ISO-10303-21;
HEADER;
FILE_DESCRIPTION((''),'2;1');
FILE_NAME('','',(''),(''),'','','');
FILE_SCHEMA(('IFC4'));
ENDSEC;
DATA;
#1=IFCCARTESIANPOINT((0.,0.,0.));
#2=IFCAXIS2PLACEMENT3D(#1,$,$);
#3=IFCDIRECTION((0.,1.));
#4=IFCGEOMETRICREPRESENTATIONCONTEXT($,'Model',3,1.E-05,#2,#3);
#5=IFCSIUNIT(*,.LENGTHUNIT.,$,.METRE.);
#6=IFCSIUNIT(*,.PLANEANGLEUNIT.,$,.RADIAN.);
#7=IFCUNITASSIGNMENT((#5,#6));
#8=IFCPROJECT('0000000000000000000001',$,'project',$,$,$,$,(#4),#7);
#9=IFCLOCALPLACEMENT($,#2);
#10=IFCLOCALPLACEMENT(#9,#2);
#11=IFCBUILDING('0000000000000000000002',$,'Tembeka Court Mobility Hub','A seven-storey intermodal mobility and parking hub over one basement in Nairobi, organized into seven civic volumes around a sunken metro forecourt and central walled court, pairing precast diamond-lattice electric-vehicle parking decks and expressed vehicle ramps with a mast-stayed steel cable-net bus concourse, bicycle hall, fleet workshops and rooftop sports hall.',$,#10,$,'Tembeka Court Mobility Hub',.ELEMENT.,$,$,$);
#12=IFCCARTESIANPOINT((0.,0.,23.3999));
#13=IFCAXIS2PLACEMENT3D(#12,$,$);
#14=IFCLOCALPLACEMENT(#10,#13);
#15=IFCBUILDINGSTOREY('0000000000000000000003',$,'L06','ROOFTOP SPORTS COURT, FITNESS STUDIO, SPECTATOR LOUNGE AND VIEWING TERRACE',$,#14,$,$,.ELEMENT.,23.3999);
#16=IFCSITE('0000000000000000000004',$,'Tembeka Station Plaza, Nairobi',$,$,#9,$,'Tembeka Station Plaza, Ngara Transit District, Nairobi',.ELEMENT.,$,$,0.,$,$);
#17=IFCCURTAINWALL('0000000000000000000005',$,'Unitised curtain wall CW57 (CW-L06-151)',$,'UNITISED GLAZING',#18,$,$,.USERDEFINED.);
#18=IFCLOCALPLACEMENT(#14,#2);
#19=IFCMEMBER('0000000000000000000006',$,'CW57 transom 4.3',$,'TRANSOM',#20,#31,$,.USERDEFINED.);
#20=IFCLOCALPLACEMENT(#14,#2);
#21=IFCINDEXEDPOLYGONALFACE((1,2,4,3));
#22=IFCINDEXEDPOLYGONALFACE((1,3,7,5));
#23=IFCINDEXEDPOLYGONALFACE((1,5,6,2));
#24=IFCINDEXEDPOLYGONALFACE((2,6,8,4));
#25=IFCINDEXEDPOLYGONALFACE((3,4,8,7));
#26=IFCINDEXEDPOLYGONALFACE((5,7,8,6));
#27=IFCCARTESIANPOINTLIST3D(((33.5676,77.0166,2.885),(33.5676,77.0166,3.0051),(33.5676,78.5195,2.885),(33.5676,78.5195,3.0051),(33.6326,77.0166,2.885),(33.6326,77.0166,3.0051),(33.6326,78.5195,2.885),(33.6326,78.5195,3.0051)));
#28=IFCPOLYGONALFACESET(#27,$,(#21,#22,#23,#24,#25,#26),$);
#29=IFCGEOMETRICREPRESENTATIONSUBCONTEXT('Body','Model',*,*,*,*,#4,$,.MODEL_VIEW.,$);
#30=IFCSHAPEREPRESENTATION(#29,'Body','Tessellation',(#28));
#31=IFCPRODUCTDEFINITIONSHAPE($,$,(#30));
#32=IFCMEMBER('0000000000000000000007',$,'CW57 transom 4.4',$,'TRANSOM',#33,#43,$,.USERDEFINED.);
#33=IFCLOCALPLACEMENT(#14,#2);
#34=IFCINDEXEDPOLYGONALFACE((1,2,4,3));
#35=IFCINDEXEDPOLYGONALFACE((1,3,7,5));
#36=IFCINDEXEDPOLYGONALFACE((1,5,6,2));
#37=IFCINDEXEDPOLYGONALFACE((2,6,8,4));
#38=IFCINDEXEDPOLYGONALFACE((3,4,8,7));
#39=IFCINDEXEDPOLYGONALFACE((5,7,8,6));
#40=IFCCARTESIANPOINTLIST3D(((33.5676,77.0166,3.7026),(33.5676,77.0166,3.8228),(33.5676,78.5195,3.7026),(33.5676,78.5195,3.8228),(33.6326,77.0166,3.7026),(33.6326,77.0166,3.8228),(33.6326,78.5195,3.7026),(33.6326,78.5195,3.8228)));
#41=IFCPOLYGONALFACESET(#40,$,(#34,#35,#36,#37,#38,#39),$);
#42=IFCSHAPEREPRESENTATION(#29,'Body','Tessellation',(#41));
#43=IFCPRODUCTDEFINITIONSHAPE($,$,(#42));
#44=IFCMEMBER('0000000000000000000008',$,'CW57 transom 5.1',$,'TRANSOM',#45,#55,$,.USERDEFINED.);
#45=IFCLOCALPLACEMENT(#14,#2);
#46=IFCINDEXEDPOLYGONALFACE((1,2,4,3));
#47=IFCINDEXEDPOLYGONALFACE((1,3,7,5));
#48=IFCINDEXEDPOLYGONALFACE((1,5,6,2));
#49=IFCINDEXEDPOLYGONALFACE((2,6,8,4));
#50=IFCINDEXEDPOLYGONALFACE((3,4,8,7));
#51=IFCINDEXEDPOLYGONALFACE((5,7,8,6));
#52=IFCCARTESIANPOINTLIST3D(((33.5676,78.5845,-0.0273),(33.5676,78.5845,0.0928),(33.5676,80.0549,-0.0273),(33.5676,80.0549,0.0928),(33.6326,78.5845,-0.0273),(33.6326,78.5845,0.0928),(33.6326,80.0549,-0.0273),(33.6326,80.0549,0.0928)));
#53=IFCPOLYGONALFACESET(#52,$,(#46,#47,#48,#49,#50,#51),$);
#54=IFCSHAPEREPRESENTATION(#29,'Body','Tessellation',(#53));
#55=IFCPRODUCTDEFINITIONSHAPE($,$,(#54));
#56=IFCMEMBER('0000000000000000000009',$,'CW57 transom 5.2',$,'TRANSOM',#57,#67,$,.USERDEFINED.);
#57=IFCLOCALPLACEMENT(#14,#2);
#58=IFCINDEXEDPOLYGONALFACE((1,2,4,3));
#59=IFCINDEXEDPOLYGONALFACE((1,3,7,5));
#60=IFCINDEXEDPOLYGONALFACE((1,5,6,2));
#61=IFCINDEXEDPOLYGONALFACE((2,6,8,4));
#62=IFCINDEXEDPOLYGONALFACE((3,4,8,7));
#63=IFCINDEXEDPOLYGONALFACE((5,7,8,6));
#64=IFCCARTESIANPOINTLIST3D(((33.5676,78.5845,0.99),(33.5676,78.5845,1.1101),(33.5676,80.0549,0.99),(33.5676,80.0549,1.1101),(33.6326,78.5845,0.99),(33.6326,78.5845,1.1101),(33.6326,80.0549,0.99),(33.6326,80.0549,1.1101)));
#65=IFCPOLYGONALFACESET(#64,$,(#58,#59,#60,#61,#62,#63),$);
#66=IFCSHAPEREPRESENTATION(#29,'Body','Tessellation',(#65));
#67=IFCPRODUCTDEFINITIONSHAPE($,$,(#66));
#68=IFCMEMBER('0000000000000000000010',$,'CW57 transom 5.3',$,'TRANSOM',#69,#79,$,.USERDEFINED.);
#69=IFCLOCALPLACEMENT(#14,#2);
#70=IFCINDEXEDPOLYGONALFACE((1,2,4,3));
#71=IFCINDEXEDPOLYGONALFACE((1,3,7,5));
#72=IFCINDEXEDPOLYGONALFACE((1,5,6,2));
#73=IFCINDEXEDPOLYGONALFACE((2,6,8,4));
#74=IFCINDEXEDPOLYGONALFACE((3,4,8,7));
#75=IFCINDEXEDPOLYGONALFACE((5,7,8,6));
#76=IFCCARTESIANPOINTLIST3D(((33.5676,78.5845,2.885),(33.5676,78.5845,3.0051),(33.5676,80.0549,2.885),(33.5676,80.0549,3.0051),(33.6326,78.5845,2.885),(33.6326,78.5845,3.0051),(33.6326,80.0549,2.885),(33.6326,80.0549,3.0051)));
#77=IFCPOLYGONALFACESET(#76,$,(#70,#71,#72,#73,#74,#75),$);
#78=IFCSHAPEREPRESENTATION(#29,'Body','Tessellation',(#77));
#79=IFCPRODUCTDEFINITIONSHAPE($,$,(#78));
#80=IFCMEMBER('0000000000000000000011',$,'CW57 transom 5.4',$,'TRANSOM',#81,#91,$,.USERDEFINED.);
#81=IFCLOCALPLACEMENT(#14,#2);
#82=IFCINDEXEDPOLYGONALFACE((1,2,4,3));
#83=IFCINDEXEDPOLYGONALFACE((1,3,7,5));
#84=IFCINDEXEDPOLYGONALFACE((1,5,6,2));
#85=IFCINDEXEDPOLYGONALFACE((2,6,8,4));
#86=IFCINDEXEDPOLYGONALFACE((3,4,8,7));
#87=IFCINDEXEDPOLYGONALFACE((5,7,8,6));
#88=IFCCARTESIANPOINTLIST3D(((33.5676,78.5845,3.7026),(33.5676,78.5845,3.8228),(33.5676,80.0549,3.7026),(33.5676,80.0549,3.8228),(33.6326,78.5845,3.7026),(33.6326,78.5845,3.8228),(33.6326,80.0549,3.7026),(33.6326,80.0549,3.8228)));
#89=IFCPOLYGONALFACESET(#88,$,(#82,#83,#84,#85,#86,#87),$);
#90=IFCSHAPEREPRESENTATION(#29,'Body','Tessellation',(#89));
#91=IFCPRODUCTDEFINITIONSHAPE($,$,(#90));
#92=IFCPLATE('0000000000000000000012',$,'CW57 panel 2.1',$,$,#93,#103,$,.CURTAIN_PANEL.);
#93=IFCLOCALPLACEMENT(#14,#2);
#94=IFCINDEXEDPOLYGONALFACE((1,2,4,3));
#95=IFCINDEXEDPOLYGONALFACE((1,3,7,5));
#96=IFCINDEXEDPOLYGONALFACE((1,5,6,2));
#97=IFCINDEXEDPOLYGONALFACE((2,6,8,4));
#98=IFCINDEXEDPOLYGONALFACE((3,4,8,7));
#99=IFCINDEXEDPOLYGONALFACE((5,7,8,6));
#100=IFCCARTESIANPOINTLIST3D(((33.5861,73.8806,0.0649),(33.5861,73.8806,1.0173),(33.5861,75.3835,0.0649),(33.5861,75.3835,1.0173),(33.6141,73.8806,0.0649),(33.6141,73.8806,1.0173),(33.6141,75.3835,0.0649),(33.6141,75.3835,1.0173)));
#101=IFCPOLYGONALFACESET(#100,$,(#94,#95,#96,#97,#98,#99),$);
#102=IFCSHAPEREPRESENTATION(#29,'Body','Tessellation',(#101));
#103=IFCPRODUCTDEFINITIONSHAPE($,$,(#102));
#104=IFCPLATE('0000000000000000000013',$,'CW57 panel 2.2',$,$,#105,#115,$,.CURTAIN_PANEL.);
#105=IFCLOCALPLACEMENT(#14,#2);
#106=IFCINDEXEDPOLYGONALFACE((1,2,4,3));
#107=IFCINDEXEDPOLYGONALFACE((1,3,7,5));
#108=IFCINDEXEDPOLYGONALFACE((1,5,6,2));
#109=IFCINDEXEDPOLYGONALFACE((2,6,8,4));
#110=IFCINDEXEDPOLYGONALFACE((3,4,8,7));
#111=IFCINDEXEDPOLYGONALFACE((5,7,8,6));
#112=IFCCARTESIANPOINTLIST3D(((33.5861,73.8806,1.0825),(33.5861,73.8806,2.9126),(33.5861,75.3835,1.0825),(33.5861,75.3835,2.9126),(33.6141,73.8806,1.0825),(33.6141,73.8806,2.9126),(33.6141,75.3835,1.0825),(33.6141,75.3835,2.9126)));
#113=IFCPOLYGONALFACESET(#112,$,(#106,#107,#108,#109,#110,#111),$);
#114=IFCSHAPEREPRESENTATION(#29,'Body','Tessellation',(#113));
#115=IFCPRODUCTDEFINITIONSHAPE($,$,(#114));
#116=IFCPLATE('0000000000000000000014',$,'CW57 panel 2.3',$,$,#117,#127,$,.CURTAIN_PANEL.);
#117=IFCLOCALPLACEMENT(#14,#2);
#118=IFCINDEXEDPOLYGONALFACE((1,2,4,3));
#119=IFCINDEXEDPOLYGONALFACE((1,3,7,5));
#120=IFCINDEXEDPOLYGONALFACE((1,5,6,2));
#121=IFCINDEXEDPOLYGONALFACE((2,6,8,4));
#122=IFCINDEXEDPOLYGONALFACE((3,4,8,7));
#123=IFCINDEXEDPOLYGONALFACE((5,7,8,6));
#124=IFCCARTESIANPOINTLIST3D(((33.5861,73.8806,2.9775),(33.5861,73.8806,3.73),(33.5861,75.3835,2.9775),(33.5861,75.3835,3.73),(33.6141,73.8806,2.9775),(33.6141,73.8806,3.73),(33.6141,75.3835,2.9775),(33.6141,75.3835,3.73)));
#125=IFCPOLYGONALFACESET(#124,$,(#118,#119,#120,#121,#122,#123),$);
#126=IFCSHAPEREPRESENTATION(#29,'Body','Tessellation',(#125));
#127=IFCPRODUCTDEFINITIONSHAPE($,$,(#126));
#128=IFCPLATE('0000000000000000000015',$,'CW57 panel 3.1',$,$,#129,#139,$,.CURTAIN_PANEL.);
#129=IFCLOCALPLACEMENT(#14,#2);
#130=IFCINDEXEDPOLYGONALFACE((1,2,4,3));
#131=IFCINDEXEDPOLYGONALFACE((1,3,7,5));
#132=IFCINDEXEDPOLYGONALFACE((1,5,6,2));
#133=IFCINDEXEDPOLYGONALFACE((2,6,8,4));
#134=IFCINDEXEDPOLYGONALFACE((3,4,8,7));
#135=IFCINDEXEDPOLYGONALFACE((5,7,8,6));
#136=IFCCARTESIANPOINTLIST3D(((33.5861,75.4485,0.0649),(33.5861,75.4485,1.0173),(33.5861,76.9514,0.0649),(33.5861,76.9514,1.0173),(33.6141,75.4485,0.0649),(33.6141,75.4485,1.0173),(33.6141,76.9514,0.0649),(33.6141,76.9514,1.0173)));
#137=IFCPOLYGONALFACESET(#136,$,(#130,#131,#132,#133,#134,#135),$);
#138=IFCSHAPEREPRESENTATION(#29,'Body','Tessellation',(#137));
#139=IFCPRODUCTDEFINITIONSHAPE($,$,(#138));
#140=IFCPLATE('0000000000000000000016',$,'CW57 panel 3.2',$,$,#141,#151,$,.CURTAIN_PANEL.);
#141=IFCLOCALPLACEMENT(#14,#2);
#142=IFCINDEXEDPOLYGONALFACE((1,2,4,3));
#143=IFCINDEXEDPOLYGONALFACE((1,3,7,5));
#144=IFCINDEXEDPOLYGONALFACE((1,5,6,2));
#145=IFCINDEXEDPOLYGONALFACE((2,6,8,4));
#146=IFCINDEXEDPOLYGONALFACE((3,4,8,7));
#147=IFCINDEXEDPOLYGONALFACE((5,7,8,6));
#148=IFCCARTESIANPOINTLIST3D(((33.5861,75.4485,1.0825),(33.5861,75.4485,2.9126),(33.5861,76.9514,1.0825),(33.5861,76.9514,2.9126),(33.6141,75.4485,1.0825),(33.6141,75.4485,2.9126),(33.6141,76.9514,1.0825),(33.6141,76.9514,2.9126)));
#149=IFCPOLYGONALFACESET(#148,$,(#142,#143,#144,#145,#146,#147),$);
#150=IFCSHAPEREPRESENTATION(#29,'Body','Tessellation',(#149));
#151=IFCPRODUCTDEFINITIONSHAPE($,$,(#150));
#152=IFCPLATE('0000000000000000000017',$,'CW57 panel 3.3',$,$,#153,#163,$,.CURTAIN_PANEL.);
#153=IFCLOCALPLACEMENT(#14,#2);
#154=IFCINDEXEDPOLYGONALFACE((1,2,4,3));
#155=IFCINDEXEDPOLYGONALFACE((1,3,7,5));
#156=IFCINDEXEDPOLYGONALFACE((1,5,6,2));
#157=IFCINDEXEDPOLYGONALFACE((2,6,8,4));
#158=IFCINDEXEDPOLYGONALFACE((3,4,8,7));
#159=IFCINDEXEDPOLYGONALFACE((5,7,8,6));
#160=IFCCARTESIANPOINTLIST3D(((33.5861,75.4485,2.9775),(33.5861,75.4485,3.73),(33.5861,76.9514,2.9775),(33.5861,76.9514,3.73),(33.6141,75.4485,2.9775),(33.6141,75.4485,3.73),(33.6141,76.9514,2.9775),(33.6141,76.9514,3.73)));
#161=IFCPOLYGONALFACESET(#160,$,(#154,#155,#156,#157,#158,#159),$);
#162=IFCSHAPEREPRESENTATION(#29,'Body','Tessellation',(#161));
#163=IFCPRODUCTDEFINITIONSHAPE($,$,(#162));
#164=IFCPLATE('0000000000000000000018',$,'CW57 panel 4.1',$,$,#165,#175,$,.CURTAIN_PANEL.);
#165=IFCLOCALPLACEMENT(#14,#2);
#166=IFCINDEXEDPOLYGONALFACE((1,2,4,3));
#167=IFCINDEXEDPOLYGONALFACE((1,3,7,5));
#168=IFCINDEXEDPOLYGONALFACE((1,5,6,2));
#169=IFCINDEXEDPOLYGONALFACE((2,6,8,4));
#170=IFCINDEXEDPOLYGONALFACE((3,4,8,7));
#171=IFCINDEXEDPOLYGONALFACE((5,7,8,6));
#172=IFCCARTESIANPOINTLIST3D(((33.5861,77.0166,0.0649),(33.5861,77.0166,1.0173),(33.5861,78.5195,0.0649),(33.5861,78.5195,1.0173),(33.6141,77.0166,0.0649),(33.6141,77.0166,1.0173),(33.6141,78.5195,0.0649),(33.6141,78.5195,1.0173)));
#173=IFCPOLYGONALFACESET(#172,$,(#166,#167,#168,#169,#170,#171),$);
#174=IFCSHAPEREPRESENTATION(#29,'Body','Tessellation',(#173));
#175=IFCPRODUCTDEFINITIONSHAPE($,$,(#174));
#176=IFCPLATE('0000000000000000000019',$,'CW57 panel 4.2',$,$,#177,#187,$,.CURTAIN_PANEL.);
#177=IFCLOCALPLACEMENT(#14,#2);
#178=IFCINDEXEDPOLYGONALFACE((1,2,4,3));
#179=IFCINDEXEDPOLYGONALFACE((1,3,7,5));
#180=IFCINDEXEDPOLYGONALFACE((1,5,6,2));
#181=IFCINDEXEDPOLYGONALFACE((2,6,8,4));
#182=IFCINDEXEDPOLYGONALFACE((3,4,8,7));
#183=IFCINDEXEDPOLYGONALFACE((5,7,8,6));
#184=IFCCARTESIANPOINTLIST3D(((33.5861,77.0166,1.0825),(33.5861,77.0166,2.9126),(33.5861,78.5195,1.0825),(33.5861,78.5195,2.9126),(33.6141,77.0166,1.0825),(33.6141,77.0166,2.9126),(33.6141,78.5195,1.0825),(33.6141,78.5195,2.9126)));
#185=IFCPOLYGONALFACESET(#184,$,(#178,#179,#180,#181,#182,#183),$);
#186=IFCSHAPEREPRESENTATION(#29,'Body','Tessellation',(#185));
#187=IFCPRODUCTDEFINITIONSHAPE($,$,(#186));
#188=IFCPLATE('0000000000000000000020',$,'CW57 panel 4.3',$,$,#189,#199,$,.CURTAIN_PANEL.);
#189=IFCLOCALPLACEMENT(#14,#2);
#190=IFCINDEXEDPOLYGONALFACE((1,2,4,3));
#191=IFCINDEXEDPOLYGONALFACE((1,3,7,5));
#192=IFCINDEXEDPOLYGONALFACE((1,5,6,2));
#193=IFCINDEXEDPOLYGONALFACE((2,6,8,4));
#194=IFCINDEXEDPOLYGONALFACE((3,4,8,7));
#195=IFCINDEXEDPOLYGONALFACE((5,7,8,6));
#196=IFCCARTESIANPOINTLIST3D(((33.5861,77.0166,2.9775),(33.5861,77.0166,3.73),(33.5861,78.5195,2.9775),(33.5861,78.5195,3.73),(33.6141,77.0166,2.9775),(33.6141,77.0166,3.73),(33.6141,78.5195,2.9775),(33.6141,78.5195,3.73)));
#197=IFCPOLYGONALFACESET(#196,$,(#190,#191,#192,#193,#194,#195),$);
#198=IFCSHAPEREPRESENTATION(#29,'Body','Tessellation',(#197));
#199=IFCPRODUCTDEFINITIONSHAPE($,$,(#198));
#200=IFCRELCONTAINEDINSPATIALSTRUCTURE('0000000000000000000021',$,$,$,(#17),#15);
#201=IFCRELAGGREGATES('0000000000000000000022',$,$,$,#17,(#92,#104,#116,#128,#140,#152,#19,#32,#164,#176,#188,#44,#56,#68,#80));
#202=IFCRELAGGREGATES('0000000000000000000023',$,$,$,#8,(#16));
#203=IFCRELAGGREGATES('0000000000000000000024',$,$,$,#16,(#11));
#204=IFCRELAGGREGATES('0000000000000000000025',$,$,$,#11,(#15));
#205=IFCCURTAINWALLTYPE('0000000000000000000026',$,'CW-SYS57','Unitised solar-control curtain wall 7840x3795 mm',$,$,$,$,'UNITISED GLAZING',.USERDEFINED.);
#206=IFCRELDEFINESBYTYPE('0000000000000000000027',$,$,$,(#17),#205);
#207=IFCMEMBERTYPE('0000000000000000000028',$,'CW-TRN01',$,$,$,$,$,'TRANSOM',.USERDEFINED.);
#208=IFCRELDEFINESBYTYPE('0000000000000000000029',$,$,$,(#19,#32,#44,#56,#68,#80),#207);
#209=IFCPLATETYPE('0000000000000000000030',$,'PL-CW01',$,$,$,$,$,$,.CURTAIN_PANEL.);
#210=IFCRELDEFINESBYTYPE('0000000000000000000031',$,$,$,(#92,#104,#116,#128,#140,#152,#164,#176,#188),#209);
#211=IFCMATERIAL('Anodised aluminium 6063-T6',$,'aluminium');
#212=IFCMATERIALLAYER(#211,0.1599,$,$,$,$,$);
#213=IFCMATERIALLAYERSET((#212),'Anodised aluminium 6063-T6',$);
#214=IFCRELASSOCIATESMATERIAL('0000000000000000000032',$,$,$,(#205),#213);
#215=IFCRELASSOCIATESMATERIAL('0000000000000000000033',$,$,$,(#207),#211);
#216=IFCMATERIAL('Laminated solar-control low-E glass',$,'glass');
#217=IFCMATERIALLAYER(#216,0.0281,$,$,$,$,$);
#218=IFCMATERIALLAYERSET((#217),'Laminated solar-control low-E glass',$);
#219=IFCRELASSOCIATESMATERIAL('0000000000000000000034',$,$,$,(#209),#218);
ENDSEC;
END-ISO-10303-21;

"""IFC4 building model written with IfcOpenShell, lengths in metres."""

from ifc_helpers import new_model, si_unit, direction, frame, origin, origin_2d, place, context, subcontext, project, spatial, rectangle, extrude, material, layer, layer_set, material_profile, profile_set, type_object, element, aggregate, save


model = new_model("IFC4")

# Units and contexts
model_context = context("Model", 3, precision=1e-05, world=origin(), true_north=direction((0.0, 1.0)))
body_context = subcontext(model_context, "Body", "Model", "MODEL_VIEW")
ifc_project = project(units=[si_unit("LENGTHUNIT", "METRE"), si_unit("PLANEANGLEUNIT", "RADIAN")], contexts=[model_context])

# Site, building, storey
site_placement = place(None, origin())
site = spatial("IfcSite", under=ifc_project, at=site_placement, Name="Tembeka Station Plaza, Nairobi", LongName="Tembeka Station Plaza, Ngara Transit District, Nairobi", CompositionType="ELEMENT", RefElevation=0.0)
building_placement = place(site_placement, origin())
building = spatial("IfcBuilding", under=site, at=building_placement, Name="Tembeka Court Mobility Hub", Description="A seven-storey intermodal mobility and parking hub over one basement in Nairobi, organized into seven civic volumes around a sunken metro forecourt and central walled court, pairing precast diamond-lattice electric-vehicle parking decks and expressed vehicle ramps with a mast-stayed steel cable-net bus concourse, bicycle hall, fleet workshops and rooftop sports hall.", LongName="Tembeka Court Mobility Hub", CompositionType="ELEMENT")
storey_placement = place(building_placement, frame((0.0, 0.0, 23.3999)))
storey = spatial("IfcBuildingStorey", under=building, at=storey_placement, Name="L06", Description="ROOFTOP SPORTS COURT, FITNESS STUDIO, SPECTATOR LOUNGE AND VIEWING TERRACE", CompositionType="ELEMENT", Elevation=23.3999)

# Curtain wall, members, plates
ifc_material_1 = material(Name="Anodised aluminium 6063-T6", Category="aluminium")
ifc_layer_1 = layer(ifc_material_1, 0.1599)
ifc_layer_set_1 = layer_set([ifc_layer_1], Name="Anodised aluminium 6063-T6")
curtain_wall_type = type_object("IfcCurtainWallType", Name="CW-SYS57", Description="Unitised solar-control curtain wall 7840x3795 mm", ElementType="UNITISED GLAZING", PredefinedType="USERDEFINED", material=ifc_layer_set_1)
curtain_wall_placement = place(storey_placement, origin())
curtain_wall = element("IfcCurtainWall", 1, at=curtain_wall_placement, inside=storey, type_object=curtain_wall_type, Name="Unitised curtain wall CW57 (CW-L06-151)", ObjectType="UNITISED GLAZING", PredefinedType="USERDEFINED")
ifc_material_profile_1 = material_profile(ifc_material_1, rectangle(XDim=0.0649, YDim=0.1201, at=origin_2d()), Name="ALU-TRN 65x120")
ifc_profile_set_1 = profile_set([ifc_material_profile_1], Name="Anodised aluminium 6063-T6")
member_type_1 = type_object("IfcMemberType", Name="CW-TRN01", ElementType="TRANSOM", PredefinedType="USERDEFINED", material=ifc_profile_set_1)
member_1_placement = place(storey_placement, frame((33.6001, 77.0166, 2.9451), z_axis=(0.0, 1.0, 0.0), x_axis=(-1.0, 0.0, 0.0)))
member_1 = element("IfcMember", 2, at=member_1_placement, type_object=member_type_1, Name="CW57 transom 4.3", ObjectType="TRANSOM", PredefinedType="USERDEFINED", context=body_context, shape_type="SweptSolid", body=[
    extrude(rectangle(XDim=0.0649, YDim=0.1201, at=origin_2d()), origin(), (0.0, 0.0, 1.0), 1.5029),
])
member_2_placement = place(storey_placement, frame((33.6001, 77.0166, 3.7627), z_axis=(0.0, 1.0, 0.0), x_axis=(-1.0, 0.0, 0.0)))
member_2 = element("IfcMember", 3, at=member_2_placement, type_object=member_type_1, Name="CW57 transom 4.4", ObjectType="TRANSOM", PredefinedType="USERDEFINED", context=body_context, shape_type="SweptSolid", body=[
    extrude(rectangle(XDim=0.0649, YDim=0.1201, at=origin_2d()), origin(), (0.0, 0.0, 1.0), 1.5029),
])
member_3_placement = place(storey_placement, frame((33.6001, 78.5845, 0.0327), z_axis=(0.0, 1.0, 0.0), x_axis=(-1.0, 0.0, 0.0)))
member_3 = element("IfcMember", 4, at=member_3_placement, type_object=member_type_1, Name="CW57 transom 5.1", ObjectType="TRANSOM", PredefinedType="USERDEFINED", context=body_context, shape_type="SweptSolid", body=[
    extrude(rectangle(XDim=0.0649, YDim=0.1201, at=origin_2d()), origin(), (0.0, 0.0, 1.0), 1.4705),
])
member_4_placement = place(storey_placement, frame((33.6001, 78.5845, 1.05), z_axis=(0.0, 1.0, 0.0), x_axis=(-1.0, 0.0, 0.0)))
member_4 = element("IfcMember", 5, at=member_4_placement, type_object=member_type_1, Name="CW57 transom 5.2", ObjectType="TRANSOM", PredefinedType="USERDEFINED", context=body_context, shape_type="SweptSolid", body=[
    extrude(rectangle(XDim=0.0649, YDim=0.1201, at=origin_2d()), origin(), (0.0, 0.0, 1.0), 1.4705),
])
member_5_placement = place(storey_placement, frame((33.6001, 78.5845, 2.9451), z_axis=(0.0, 1.0, 0.0), x_axis=(-1.0, 0.0, 0.0)))
member_5 = element("IfcMember", 6, at=member_5_placement, type_object=member_type_1, Name="CW57 transom 5.3", ObjectType="TRANSOM", PredefinedType="USERDEFINED", context=body_context, shape_type="SweptSolid", body=[
    extrude(rectangle(XDim=0.0649, YDim=0.1201, at=origin_2d()), origin(), (0.0, 0.0, 1.0), 1.4705),
])
member_6_placement = place(storey_placement, frame((33.6001, 78.5845, 3.7627), z_axis=(0.0, 1.0, 0.0), x_axis=(-1.0, 0.0, 0.0)))
member_6 = element("IfcMember", 7, at=member_6_placement, type_object=member_type_1, Name="CW57 transom 5.4", ObjectType="TRANSOM", PredefinedType="USERDEFINED", context=body_context, shape_type="SweptSolid", body=[
    extrude(rectangle(XDim=0.0649, YDim=0.1201, at=origin_2d()), origin(), (0.0, 0.0, 1.0), 1.4705),
])
ifc_material_2 = material(Name="Laminated solar-control low-E glass", Category="glass")
ifc_layer_2 = layer(ifc_material_2, 0.0281)
ifc_layer_set_2 = layer_set([ifc_layer_2], Name="Laminated solar-control low-E glass")
plate_type = type_object("IfcPlateType", Name="PL-CW01", PredefinedType="CURTAIN_PANEL", material=ifc_layer_set_2)
plate_1_placement = place(storey_placement, frame((33.6001, 74.6321, 0.0649), z_axis=(0.0, 0.0, 1.0), x_axis=(0.0, 1.0, 0.0)))
plate_1 = element("IfcPlate", 8, at=plate_1_placement, type_object=plate_type, Name="CW57 panel 2.1", PredefinedType="CURTAIN_PANEL", context=body_context, shape_type="SweptSolid", body=[
    extrude(rectangle(XDim=1.5029, YDim=0.0281, at=origin_2d()), origin(), (0.0, 0.0, 1.0), 0.9524),
])
plate_2_placement = place(storey_placement, frame((33.6001, 74.6321, 1.0825), z_axis=(0.0, 0.0, 1.0), x_axis=(0.0, 1.0, 0.0)))
plate_2 = element("IfcPlate", 9, at=plate_2_placement, type_object=plate_type, Name="CW57 panel 2.2", PredefinedType="CURTAIN_PANEL", context=body_context, shape_type="SweptSolid", body=[
    extrude(rectangle(XDim=1.5029, YDim=0.0281, at=origin_2d()), origin(), (0.0, 0.0, 1.0), 1.8301),
])
plate_3_placement = place(storey_placement, frame((33.6001, 74.6321, 2.9775), z_axis=(0.0, 0.0, 1.0), x_axis=(0.0, 1.0, 0.0)))
plate_3 = element("IfcPlate", 10, at=plate_3_placement, type_object=plate_type, Name="CW57 panel 2.3", PredefinedType="CURTAIN_PANEL", context=body_context, shape_type="SweptSolid", body=[
    extrude(rectangle(XDim=1.5029, YDim=0.0281, at=origin_2d()), origin(), (0.0, 0.0, 1.0), 0.7524),
])
plate_4_placement = place(storey_placement, frame((33.6001, 76.2, 0.0649), z_axis=(0.0, 0.0, 1.0), x_axis=(0.0, 1.0, 0.0)))
plate_4 = element("IfcPlate", 11, at=plate_4_placement, type_object=plate_type, Name="CW57 panel 3.1", PredefinedType="CURTAIN_PANEL", context=body_context, shape_type="SweptSolid", body=[
    extrude(rectangle(XDim=1.5029, YDim=0.0281, at=origin_2d()), origin(), (0.0, 0.0, 1.0), 0.9524),
])
plate_5_placement = place(storey_placement, frame((33.6001, 76.2, 1.0825), z_axis=(0.0, 0.0, 1.0), x_axis=(0.0, 1.0, 0.0)))
plate_5 = element("IfcPlate", 12, at=plate_5_placement, type_object=plate_type, Name="CW57 panel 3.2", PredefinedType="CURTAIN_PANEL", context=body_context, shape_type="SweptSolid", body=[
    extrude(rectangle(XDim=1.5029, YDim=0.0281, at=origin_2d()), origin(), (0.0, 0.0, 1.0), 1.8301),
])
plate_6_placement = place(storey_placement, frame((33.6001, 76.2, 2.9775), z_axis=(0.0, 0.0, 1.0), x_axis=(0.0, 1.0, 0.0)))
plate_6 = element("IfcPlate", 13, at=plate_6_placement, type_object=plate_type, Name="CW57 panel 3.3", PredefinedType="CURTAIN_PANEL", context=body_context, shape_type="SweptSolid", body=[
    extrude(rectangle(XDim=1.5029, YDim=0.0281, at=origin_2d()), origin(), (0.0, 0.0, 1.0), 0.7524),
])
plate_7_placement = place(storey_placement, frame((33.6001, 77.7681, 0.0649), z_axis=(0.0, 0.0, 1.0), x_axis=(0.0, 1.0, 0.0)))
plate_7 = element("IfcPlate", 14, at=plate_7_placement, type_object=plate_type, Name="CW57 panel 4.1", PredefinedType="CURTAIN_PANEL", context=body_context, shape_type="SweptSolid", body=[
    extrude(rectangle(XDim=1.5029, YDim=0.0281, at=origin_2d()), origin(), (0.0, 0.0, 1.0), 0.9524),
])
plate_8_placement = place(storey_placement, frame((33.6001, 77.7681, 1.0825), z_axis=(0.0, 0.0, 1.0), x_axis=(0.0, 1.0, 0.0)))
plate_8 = element("IfcPlate", 15, at=plate_8_placement, type_object=plate_type, Name="CW57 panel 4.2", PredefinedType="CURTAIN_PANEL", context=body_context, shape_type="SweptSolid", body=[
    extrude(rectangle(XDim=1.5029, YDim=0.0281, at=origin_2d()), origin(), (0.0, 0.0, 1.0), 1.8301),
])
plate_9_placement = place(storey_placement, frame((33.6001, 77.7681, 2.9775), z_axis=(0.0, 0.0, 1.0), x_axis=(0.0, 1.0, 0.0)))
plate_9 = element("IfcPlate", 16, at=plate_9_placement, type_object=plate_type, Name="CW57 panel 4.3", PredefinedType="CURTAIN_PANEL", context=body_context, shape_type="SweptSolid", body=[
    extrude(rectangle(XDim=1.5029, YDim=0.0281, at=origin_2d()), origin(), (0.0, 0.0, 1.0), 0.7524),
])
aggregate(curtain_wall, [plate_1, plate_2, plate_3, plate_4, plate_5, plate_6, member_1, member_2, plate_7, plate_8, plate_9, member_3, member_4, member_5, member_6])

save(model, "model.ifc")
